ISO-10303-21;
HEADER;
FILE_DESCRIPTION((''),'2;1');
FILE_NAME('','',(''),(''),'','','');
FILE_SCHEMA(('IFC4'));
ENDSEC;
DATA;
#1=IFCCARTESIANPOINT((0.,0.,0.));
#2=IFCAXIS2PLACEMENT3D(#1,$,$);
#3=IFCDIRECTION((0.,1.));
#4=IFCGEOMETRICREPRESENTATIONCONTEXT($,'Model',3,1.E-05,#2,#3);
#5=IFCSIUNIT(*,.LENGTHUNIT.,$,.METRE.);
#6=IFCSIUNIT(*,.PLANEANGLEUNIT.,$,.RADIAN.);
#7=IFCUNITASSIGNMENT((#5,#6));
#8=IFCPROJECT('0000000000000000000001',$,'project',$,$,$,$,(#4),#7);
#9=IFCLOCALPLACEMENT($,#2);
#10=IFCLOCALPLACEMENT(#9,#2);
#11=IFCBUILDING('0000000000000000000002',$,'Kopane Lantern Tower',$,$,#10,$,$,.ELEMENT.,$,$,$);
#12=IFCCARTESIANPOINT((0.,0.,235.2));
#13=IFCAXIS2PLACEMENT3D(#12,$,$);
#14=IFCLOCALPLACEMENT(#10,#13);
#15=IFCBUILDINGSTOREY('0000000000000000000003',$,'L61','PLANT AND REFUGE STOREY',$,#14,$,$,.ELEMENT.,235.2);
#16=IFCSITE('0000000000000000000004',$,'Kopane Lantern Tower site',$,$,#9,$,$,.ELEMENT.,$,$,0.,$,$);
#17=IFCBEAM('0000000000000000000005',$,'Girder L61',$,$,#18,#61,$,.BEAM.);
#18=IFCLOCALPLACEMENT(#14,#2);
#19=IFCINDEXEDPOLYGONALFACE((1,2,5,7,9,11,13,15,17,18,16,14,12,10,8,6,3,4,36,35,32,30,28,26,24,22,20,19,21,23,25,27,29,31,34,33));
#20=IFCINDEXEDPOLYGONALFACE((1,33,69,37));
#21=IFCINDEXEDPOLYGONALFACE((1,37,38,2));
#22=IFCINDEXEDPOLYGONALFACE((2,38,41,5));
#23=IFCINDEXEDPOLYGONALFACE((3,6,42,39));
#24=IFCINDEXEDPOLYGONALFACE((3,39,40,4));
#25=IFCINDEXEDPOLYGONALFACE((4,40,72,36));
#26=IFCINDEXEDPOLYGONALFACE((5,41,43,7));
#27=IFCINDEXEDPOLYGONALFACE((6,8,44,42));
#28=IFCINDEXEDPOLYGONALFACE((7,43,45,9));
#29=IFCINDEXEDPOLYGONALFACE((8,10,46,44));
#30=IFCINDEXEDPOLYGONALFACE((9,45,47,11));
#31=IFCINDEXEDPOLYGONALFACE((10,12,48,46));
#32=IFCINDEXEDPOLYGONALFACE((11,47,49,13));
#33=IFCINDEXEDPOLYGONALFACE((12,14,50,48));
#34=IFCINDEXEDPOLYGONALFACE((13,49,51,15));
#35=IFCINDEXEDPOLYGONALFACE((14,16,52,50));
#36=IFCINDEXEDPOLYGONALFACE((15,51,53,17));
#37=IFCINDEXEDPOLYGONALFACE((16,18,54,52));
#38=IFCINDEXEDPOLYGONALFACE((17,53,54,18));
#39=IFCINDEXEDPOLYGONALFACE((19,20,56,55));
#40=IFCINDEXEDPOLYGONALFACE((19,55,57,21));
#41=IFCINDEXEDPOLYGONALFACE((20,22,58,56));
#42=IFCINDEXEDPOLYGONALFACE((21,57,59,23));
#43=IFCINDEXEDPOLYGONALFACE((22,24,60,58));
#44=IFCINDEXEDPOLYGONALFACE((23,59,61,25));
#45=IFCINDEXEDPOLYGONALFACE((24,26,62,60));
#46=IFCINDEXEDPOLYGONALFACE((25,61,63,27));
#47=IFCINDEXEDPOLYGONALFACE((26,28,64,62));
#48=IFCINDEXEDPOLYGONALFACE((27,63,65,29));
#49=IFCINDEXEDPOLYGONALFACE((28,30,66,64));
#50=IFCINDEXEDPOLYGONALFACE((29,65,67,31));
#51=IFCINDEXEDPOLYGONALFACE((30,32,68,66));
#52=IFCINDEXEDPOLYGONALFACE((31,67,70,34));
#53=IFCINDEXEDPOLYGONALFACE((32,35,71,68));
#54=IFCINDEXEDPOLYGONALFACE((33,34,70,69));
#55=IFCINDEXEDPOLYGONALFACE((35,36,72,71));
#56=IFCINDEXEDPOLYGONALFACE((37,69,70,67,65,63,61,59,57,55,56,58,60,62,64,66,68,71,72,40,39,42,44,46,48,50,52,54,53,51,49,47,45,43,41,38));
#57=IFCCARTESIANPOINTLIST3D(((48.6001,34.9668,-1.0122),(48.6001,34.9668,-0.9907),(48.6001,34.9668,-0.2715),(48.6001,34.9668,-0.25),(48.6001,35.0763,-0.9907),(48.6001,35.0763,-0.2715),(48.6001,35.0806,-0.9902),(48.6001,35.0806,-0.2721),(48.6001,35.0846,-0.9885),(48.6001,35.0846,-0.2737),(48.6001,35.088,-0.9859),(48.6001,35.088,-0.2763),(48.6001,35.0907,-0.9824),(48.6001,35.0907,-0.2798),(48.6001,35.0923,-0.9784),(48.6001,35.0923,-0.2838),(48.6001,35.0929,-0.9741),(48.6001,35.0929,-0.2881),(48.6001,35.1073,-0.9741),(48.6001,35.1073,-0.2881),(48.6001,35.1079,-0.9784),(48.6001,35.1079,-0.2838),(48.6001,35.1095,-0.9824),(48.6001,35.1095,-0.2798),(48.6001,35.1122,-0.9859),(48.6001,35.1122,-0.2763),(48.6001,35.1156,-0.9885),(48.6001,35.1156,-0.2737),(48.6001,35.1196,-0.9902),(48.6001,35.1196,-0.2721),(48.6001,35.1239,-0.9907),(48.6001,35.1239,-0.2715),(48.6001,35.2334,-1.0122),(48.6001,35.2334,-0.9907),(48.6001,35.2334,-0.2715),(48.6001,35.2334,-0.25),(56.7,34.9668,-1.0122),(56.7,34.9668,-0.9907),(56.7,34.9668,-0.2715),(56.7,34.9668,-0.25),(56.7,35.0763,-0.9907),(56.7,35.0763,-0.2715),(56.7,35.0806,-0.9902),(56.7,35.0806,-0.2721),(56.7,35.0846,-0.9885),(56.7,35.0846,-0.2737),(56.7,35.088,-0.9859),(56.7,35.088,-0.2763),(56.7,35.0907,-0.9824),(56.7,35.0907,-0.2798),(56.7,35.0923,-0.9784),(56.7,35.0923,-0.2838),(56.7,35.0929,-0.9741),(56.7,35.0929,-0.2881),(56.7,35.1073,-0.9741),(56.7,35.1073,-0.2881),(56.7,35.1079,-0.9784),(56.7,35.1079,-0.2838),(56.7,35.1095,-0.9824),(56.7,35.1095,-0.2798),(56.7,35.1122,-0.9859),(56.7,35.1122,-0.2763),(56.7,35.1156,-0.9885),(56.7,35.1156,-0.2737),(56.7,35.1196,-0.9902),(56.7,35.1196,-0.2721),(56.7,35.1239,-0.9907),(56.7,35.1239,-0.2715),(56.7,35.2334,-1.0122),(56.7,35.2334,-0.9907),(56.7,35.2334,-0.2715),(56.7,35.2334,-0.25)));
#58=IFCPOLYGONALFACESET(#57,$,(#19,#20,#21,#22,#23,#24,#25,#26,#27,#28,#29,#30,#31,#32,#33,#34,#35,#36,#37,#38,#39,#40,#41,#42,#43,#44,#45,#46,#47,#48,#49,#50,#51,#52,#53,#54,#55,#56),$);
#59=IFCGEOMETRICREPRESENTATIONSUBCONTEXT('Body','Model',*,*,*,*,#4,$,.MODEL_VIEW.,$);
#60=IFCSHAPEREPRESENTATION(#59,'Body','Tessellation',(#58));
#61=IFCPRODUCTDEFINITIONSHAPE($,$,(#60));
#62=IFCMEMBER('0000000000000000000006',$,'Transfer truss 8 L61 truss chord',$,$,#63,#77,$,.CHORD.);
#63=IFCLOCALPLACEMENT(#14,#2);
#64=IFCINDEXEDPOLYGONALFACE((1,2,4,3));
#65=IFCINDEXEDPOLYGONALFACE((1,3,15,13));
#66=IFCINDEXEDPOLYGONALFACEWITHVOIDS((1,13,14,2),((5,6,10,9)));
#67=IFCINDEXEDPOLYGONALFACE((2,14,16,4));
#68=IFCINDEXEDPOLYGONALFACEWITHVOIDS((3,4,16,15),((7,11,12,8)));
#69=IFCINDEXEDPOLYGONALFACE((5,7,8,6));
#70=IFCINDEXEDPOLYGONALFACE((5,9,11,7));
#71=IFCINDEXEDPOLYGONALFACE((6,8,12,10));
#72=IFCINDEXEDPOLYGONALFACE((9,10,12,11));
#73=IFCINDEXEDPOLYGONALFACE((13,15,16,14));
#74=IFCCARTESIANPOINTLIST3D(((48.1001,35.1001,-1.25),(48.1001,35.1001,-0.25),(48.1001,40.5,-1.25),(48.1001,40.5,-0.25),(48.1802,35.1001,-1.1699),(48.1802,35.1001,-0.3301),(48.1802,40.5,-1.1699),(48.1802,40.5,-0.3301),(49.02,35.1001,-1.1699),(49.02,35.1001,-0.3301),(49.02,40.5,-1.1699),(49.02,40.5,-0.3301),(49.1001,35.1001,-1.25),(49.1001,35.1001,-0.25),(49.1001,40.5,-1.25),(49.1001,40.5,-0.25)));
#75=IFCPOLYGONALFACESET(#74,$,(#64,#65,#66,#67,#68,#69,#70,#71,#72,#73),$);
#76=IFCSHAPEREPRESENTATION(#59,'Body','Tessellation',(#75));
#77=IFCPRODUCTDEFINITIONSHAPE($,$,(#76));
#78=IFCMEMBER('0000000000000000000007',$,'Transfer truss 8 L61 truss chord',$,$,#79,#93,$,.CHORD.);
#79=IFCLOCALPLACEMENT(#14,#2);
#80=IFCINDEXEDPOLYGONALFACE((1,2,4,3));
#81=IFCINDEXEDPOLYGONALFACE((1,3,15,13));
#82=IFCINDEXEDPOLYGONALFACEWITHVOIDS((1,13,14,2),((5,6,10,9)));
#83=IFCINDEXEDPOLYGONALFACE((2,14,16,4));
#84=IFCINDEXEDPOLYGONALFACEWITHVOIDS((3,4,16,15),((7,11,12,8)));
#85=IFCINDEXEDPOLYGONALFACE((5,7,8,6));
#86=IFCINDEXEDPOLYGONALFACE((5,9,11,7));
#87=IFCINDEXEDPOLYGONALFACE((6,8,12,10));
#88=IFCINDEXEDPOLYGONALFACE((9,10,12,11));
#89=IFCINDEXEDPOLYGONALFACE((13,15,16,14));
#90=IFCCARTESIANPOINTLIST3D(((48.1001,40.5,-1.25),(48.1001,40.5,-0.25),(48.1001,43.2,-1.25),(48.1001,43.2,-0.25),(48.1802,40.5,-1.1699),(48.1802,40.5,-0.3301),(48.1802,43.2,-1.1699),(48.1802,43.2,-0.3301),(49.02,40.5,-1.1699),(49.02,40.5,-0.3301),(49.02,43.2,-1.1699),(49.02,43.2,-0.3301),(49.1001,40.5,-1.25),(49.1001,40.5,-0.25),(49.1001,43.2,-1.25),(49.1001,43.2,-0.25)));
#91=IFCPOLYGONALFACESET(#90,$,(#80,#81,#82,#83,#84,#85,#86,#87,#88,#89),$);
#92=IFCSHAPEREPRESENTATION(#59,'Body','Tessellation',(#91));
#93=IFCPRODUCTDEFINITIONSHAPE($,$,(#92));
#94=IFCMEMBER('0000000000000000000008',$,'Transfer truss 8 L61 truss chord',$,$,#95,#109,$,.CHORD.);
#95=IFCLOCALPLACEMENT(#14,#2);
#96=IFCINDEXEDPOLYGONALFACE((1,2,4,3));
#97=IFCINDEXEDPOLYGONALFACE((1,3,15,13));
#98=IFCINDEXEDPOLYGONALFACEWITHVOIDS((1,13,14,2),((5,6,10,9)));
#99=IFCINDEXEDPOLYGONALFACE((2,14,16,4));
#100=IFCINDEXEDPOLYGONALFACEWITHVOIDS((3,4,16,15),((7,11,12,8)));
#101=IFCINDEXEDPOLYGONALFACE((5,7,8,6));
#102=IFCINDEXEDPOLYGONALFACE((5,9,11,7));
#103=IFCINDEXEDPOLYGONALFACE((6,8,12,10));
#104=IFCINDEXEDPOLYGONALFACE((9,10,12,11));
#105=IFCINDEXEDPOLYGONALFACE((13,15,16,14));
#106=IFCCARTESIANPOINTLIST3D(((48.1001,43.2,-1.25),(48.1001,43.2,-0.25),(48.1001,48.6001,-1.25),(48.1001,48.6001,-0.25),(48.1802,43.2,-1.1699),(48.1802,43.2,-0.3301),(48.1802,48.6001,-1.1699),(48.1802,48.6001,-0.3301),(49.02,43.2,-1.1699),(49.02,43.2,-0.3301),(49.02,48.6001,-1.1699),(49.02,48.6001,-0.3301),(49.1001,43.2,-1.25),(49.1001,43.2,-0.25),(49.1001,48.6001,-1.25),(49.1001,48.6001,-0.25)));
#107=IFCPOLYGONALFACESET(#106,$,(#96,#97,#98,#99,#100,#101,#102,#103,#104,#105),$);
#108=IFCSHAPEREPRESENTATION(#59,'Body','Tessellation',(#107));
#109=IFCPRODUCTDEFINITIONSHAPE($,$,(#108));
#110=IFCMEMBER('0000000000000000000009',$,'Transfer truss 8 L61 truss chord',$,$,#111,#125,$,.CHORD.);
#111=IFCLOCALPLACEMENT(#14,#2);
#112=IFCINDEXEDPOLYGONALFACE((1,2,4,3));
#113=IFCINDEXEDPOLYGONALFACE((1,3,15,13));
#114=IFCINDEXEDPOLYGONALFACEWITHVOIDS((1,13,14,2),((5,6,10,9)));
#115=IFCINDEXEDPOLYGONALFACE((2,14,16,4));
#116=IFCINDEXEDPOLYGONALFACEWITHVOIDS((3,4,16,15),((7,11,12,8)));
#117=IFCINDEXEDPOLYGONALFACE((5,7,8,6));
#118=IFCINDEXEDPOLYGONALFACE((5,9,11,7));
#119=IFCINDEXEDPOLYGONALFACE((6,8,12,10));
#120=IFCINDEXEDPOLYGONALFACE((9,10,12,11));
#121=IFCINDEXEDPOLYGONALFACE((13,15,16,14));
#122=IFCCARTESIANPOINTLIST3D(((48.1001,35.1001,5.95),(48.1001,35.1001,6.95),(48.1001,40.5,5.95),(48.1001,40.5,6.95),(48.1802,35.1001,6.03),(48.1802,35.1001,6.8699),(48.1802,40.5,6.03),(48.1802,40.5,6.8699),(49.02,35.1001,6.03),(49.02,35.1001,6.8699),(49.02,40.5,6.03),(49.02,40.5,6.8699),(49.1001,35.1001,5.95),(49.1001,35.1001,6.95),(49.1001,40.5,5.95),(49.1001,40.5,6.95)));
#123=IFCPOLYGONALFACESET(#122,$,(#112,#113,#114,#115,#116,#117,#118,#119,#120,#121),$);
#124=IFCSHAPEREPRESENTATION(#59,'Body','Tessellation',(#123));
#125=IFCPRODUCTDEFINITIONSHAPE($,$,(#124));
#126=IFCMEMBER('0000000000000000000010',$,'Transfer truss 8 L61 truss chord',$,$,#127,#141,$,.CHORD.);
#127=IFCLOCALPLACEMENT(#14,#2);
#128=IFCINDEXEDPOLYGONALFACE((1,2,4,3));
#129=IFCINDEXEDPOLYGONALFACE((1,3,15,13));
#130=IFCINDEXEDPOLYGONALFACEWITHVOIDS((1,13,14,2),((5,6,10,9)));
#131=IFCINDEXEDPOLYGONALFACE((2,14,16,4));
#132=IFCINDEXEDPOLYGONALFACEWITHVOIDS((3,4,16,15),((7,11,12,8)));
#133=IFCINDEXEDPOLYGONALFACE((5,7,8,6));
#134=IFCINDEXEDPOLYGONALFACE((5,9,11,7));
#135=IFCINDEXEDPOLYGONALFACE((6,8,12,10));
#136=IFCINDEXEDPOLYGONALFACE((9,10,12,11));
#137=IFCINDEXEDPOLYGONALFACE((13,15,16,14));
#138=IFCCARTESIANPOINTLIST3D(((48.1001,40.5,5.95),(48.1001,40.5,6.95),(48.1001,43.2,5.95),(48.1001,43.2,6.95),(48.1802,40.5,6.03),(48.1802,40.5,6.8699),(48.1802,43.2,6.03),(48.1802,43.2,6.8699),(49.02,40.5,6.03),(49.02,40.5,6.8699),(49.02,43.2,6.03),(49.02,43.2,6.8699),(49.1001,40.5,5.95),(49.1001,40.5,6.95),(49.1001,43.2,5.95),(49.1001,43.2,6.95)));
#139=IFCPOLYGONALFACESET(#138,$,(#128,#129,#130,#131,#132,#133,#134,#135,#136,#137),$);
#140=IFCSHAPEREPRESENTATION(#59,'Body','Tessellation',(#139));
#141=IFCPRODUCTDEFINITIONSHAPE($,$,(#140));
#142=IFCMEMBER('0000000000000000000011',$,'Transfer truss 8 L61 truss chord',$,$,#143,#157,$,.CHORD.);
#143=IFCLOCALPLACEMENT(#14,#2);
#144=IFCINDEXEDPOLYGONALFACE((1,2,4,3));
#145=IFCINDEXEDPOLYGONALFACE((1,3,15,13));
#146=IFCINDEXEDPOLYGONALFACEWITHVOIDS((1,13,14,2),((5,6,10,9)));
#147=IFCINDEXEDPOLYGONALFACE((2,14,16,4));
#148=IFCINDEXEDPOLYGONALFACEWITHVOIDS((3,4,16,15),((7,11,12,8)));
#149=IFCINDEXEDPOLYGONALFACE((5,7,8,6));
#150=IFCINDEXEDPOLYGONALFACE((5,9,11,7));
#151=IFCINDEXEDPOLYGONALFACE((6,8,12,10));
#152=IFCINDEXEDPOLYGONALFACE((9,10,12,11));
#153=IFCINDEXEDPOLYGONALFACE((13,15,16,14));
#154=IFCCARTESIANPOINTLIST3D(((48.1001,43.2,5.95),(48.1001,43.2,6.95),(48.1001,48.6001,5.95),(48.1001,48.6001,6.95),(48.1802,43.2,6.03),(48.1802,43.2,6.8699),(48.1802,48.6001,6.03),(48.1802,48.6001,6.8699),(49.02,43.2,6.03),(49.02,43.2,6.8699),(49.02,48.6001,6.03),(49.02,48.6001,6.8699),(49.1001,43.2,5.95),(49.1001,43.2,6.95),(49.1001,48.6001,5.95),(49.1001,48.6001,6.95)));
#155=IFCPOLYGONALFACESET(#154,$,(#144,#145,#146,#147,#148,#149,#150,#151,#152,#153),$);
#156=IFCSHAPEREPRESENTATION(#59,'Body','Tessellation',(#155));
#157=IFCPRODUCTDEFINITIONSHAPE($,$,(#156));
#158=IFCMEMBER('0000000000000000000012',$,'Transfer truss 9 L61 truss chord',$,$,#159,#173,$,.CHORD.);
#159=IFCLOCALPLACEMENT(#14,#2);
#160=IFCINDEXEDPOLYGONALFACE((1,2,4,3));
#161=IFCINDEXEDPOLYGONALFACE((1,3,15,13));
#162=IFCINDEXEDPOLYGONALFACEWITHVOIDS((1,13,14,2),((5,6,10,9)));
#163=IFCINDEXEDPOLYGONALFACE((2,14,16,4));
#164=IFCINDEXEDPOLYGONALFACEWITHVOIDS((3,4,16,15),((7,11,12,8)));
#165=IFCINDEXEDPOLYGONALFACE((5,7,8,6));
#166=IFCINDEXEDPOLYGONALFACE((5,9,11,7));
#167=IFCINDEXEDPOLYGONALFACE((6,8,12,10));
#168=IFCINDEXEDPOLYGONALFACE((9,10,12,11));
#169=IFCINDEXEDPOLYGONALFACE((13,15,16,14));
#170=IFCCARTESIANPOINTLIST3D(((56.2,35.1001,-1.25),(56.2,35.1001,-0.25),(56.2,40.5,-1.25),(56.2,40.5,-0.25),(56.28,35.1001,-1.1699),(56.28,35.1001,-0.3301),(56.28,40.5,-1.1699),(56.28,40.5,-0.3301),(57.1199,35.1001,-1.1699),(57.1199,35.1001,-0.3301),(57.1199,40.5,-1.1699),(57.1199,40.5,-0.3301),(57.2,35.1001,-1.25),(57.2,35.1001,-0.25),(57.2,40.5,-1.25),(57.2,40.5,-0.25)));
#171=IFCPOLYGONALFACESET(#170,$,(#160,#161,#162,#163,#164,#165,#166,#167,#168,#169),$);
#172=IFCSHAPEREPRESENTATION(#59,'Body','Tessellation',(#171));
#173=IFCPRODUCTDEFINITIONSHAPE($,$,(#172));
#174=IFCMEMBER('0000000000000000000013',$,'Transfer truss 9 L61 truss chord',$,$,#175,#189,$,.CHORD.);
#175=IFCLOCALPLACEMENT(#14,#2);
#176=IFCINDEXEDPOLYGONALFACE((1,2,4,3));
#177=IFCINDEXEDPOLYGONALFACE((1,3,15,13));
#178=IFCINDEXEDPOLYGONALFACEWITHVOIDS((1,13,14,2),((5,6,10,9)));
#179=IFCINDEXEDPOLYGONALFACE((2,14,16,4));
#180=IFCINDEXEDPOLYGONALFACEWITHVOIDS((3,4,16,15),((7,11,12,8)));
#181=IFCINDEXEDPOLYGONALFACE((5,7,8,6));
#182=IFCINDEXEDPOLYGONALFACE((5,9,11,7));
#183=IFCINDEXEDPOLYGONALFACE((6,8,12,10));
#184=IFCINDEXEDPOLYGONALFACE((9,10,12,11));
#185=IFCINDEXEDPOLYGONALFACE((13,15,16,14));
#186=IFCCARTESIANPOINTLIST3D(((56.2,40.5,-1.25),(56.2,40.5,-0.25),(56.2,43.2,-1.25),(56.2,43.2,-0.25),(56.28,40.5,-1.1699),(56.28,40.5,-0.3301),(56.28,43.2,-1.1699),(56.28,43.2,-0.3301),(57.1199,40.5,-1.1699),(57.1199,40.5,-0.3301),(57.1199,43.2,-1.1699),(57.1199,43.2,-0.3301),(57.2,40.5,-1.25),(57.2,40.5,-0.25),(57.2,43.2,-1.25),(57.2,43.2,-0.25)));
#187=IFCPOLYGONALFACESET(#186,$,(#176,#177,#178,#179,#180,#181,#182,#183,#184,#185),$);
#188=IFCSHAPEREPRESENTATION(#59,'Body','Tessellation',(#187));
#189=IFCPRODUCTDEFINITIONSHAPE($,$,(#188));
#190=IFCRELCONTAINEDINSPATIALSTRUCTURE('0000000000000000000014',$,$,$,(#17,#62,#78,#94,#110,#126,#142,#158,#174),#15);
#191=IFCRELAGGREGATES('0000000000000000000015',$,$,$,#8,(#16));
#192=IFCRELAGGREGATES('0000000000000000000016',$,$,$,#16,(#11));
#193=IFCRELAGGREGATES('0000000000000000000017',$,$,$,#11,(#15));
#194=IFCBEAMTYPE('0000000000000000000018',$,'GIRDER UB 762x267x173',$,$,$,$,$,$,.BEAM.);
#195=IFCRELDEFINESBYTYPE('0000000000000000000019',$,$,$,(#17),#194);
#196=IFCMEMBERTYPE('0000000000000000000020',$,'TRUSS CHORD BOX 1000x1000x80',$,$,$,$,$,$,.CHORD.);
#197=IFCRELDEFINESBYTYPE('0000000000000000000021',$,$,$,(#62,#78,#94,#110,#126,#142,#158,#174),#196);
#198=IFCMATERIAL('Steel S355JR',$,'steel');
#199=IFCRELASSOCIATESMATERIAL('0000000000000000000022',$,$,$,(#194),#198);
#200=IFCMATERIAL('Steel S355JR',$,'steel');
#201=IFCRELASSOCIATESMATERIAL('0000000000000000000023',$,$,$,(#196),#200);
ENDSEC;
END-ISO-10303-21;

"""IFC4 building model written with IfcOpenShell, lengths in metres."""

from ifc_helpers import new_model, si_unit, direction, frame, origin, origin_2d, place, context, subcontext, project, spatial, hollow_rectangle, i_section, extrude, material, material_profile, profile_set, type_object, element, save


model = new_model("IFC4")

# Units and contexts
model_context = context("Model", 3, precision=1e-05, world=origin(), true_north=direction((0.0, 1.0)))
body_context = subcontext(model_context, "Body", "Model", "MODEL_VIEW")
ifc_project = project(units=[si_unit("LENGTHUNIT", "METRE"), si_unit("PLANEANGLEUNIT", "RADIAN")], contexts=[model_context])

# Site, building, storey
site_placement = place(None, origin())
site = spatial("IfcSite", under=ifc_project, at=site_placement, Name="Kopane Lantern Tower site", CompositionType="ELEMENT", RefElevation=0.0)
building_placement = place(site_placement, origin())
building = spatial("IfcBuilding", under=site, at=building_placement, Name="Kopane Lantern Tower", CompositionType="ELEMENT")
storey_placement = place(building_placement, frame((0.0, 0.0, 235.2)))
storey = spatial("IfcBuildingStorey", under=building, at=storey_placement, Name="L61", Description="PLANT AND REFUGE STOREY", CompositionType="ELEMENT", Elevation=235.2)

# Beam
ifc_material_1 = material(Name="Steel S355JR", Category="steel")
ifc_material_profile_1 = material_profile(ifc_material_1, i_section(OverallWidth=0.2666, OverallDepth=0.7622, WebThickness=0.0144, FlangeThickness=0.0215, FilletRadius=0.0166, at=origin_2d()), Name="UB 762x267x173")
ifc_profile_set_1 = profile_set([ifc_material_profile_1], Name="Steel S355JR")
beam_type = type_object("IfcBeamType", Name="GIRDER UB 762x267x173", PredefinedType="BEAM", material=ifc_profile_set_1)
beam_placement = place(storey_placement, frame((48.6001, 35.1001, -0.6311), z_axis=(1.0, 0.0, 0.0), x_axis=(0.0, 1.0, 0.0)))
element("IfcBeam", 1, at=beam_placement, inside=storey, type_object=beam_type, Name="Girder L61", PredefinedType="BEAM", context=body_context, shape_type="SweptSolid", body=[
    extrude(i_section(OverallWidth=0.2666, OverallDepth=0.7622, WebThickness=0.0144, FlangeThickness=0.0215, FilletRadius=0.0166, at=origin_2d()), origin(), (0.0, 0.0, 1.0), 8.0999),
])

# Members
ifc_material_2 = material(Name="Steel S355JR", Category="steel")
ifc_material_profile_2 = material_profile(ifc_material_2, hollow_rectangle(XDim=1.0, YDim=1.0, WallThickness=0.0801, at=origin_2d()), Name="BOX 1000x1000x80")
ifc_profile_set_2 = profile_set([ifc_material_profile_2], Name="Steel S355JR")
member_type_1 = type_object("IfcMemberType", Name="TRUSS CHORD BOX 1000x1000x80", PredefinedType="CHORD", material=ifc_profile_set_2)
member_1_placement = place(storey_placement, frame((48.6001, 35.1001, -0.75), z_axis=(0.0, 1.0, 0.0), x_axis=(-1.0, 0.0, 0.0)))
element("IfcMember", 2, at=member_1_placement, inside=storey, type_object=member_type_1, Name="Transfer truss 8 L61 truss chord", PredefinedType="CHORD", context=body_context, shape_type="SweptSolid", body=[
    extrude(hollow_rectangle(XDim=1.0, YDim=1.0, WallThickness=0.0801, at=origin_2d()), origin(), (0.0, 0.0, 1.0), 5.3999),
])
member_2_placement = place(storey_placement, frame((48.6001, 40.5, -0.75), z_axis=(0.0, 1.0, 0.0), x_axis=(-1.0, 0.0, 0.0)))
element("IfcMember", 3, at=member_2_placement, inside=storey, type_object=member_type_1, Name="Transfer truss 8 L61 truss chord", PredefinedType="CHORD", context=body_context, shape_type="SweptSolid", body=[
    extrude(hollow_rectangle(XDim=1.0, YDim=1.0, WallThickness=0.0801, at=origin_2d()), origin(), (0.0, 0.0, 1.0), 2.7),
])
member_3_placement = place(storey_placement, frame((48.6001, 43.2, -0.75), z_axis=(0.0, 1.0, 0.0), x_axis=(-1.0, 0.0, 0.0)))
element("IfcMember", 4, at=member_3_placement, inside=storey, type_object=member_type_1, Name="Transfer truss 8 L61 truss chord", PredefinedType="CHORD", context=body_context, shape_type="SweptSolid", body=[
    extrude(hollow_rectangle(XDim=1.0, YDim=1.0, WallThickness=0.0801, at=origin_2d()), origin(), (0.0, 0.0, 1.0), 5.4001),
])
member_4_placement = place(storey_placement, frame((48.6001, 35.1001, 6.45), z_axis=(0.0, 1.0, 0.0), x_axis=(-1.0, 0.0, 0.0)))
element("IfcMember", 5, at=member_4_placement, inside=storey, type_object=member_type_1, Name="Transfer truss 8 L61 truss chord", PredefinedType="CHORD", context=body_context, shape_type="SweptSolid", body=[
    extrude(hollow_rectangle(XDim=1.0, YDim=1.0, WallThickness=0.0801, at=origin_2d()), origin(), (0.0, 0.0, 1.0), 5.3999),
])
member_5_placement = place(storey_placement, frame((48.6001, 40.5, 6.45), z_axis=(0.0, 1.0, 0.0), x_axis=(-1.0, 0.0, 0.0)))
element("IfcMember", 6, at=member_5_placement, inside=storey, type_object=member_type_1, Name="Transfer truss 8 L61 truss chord", PredefinedType="CHORD", context=body_context, shape_type="SweptSolid", body=[
    extrude(hollow_rectangle(XDim=1.0, YDim=1.0, WallThickness=0.0801, at=origin_2d()), origin(), (0.0, 0.0, 1.0), 2.7),
])
member_6_placement = place(storey_placement, frame((48.6001, 43.2, 6.45), z_axis=(0.0, 1.0, 0.0), x_axis=(-1.0, 0.0, 0.0)))
element("IfcMember", 7, at=member_6_placement, inside=storey, type_object=member_type_1, Name="Transfer truss 8 L61 truss chord", PredefinedType="CHORD", context=body_context, shape_type="SweptSolid", body=[
    extrude(hollow_rectangle(XDim=1.0, YDim=1.0, WallThickness=0.0801, at=origin_2d()), origin(), (0.0, 0.0, 1.0), 5.4001),
])
member_7_placement = place(storey_placement, frame((56.7, 35.1001, -0.75), z_axis=(0.0, 1.0, 0.0), x_axis=(-1.0, 0.0, 0.0)))
element("IfcMember", 8, at=member_7_placement, inside=storey, type_object=member_type_1, Name="Transfer truss 9 L61 truss chord", PredefinedType="CHORD", context=body_context, shape_type="SweptSolid", body=[
    extrude(hollow_rectangle(XDim=1.0, YDim=1.0, WallThickness=0.0801, at=origin_2d()), origin(), (0.0, 0.0, 1.0), 5.3999),
])
member_8_placement = place(storey_placement, frame((56.7, 40.5, -0.75), z_axis=(0.0, 1.0, 0.0), x_axis=(-1.0, 0.0, 0.0)))
element("IfcMember", 9, at=member_8_placement, inside=storey, type_object=member_type_1, Name="Transfer truss 9 L61 truss chord", PredefinedType="CHORD", context=body_context, shape_type="SweptSolid", body=[
    extrude(hollow_rectangle(XDim=1.0, YDim=1.0, WallThickness=0.0801, at=origin_2d()), origin(), (0.0, 0.0, 1.0), 2.7),
])

save(model, "model.ifc")
